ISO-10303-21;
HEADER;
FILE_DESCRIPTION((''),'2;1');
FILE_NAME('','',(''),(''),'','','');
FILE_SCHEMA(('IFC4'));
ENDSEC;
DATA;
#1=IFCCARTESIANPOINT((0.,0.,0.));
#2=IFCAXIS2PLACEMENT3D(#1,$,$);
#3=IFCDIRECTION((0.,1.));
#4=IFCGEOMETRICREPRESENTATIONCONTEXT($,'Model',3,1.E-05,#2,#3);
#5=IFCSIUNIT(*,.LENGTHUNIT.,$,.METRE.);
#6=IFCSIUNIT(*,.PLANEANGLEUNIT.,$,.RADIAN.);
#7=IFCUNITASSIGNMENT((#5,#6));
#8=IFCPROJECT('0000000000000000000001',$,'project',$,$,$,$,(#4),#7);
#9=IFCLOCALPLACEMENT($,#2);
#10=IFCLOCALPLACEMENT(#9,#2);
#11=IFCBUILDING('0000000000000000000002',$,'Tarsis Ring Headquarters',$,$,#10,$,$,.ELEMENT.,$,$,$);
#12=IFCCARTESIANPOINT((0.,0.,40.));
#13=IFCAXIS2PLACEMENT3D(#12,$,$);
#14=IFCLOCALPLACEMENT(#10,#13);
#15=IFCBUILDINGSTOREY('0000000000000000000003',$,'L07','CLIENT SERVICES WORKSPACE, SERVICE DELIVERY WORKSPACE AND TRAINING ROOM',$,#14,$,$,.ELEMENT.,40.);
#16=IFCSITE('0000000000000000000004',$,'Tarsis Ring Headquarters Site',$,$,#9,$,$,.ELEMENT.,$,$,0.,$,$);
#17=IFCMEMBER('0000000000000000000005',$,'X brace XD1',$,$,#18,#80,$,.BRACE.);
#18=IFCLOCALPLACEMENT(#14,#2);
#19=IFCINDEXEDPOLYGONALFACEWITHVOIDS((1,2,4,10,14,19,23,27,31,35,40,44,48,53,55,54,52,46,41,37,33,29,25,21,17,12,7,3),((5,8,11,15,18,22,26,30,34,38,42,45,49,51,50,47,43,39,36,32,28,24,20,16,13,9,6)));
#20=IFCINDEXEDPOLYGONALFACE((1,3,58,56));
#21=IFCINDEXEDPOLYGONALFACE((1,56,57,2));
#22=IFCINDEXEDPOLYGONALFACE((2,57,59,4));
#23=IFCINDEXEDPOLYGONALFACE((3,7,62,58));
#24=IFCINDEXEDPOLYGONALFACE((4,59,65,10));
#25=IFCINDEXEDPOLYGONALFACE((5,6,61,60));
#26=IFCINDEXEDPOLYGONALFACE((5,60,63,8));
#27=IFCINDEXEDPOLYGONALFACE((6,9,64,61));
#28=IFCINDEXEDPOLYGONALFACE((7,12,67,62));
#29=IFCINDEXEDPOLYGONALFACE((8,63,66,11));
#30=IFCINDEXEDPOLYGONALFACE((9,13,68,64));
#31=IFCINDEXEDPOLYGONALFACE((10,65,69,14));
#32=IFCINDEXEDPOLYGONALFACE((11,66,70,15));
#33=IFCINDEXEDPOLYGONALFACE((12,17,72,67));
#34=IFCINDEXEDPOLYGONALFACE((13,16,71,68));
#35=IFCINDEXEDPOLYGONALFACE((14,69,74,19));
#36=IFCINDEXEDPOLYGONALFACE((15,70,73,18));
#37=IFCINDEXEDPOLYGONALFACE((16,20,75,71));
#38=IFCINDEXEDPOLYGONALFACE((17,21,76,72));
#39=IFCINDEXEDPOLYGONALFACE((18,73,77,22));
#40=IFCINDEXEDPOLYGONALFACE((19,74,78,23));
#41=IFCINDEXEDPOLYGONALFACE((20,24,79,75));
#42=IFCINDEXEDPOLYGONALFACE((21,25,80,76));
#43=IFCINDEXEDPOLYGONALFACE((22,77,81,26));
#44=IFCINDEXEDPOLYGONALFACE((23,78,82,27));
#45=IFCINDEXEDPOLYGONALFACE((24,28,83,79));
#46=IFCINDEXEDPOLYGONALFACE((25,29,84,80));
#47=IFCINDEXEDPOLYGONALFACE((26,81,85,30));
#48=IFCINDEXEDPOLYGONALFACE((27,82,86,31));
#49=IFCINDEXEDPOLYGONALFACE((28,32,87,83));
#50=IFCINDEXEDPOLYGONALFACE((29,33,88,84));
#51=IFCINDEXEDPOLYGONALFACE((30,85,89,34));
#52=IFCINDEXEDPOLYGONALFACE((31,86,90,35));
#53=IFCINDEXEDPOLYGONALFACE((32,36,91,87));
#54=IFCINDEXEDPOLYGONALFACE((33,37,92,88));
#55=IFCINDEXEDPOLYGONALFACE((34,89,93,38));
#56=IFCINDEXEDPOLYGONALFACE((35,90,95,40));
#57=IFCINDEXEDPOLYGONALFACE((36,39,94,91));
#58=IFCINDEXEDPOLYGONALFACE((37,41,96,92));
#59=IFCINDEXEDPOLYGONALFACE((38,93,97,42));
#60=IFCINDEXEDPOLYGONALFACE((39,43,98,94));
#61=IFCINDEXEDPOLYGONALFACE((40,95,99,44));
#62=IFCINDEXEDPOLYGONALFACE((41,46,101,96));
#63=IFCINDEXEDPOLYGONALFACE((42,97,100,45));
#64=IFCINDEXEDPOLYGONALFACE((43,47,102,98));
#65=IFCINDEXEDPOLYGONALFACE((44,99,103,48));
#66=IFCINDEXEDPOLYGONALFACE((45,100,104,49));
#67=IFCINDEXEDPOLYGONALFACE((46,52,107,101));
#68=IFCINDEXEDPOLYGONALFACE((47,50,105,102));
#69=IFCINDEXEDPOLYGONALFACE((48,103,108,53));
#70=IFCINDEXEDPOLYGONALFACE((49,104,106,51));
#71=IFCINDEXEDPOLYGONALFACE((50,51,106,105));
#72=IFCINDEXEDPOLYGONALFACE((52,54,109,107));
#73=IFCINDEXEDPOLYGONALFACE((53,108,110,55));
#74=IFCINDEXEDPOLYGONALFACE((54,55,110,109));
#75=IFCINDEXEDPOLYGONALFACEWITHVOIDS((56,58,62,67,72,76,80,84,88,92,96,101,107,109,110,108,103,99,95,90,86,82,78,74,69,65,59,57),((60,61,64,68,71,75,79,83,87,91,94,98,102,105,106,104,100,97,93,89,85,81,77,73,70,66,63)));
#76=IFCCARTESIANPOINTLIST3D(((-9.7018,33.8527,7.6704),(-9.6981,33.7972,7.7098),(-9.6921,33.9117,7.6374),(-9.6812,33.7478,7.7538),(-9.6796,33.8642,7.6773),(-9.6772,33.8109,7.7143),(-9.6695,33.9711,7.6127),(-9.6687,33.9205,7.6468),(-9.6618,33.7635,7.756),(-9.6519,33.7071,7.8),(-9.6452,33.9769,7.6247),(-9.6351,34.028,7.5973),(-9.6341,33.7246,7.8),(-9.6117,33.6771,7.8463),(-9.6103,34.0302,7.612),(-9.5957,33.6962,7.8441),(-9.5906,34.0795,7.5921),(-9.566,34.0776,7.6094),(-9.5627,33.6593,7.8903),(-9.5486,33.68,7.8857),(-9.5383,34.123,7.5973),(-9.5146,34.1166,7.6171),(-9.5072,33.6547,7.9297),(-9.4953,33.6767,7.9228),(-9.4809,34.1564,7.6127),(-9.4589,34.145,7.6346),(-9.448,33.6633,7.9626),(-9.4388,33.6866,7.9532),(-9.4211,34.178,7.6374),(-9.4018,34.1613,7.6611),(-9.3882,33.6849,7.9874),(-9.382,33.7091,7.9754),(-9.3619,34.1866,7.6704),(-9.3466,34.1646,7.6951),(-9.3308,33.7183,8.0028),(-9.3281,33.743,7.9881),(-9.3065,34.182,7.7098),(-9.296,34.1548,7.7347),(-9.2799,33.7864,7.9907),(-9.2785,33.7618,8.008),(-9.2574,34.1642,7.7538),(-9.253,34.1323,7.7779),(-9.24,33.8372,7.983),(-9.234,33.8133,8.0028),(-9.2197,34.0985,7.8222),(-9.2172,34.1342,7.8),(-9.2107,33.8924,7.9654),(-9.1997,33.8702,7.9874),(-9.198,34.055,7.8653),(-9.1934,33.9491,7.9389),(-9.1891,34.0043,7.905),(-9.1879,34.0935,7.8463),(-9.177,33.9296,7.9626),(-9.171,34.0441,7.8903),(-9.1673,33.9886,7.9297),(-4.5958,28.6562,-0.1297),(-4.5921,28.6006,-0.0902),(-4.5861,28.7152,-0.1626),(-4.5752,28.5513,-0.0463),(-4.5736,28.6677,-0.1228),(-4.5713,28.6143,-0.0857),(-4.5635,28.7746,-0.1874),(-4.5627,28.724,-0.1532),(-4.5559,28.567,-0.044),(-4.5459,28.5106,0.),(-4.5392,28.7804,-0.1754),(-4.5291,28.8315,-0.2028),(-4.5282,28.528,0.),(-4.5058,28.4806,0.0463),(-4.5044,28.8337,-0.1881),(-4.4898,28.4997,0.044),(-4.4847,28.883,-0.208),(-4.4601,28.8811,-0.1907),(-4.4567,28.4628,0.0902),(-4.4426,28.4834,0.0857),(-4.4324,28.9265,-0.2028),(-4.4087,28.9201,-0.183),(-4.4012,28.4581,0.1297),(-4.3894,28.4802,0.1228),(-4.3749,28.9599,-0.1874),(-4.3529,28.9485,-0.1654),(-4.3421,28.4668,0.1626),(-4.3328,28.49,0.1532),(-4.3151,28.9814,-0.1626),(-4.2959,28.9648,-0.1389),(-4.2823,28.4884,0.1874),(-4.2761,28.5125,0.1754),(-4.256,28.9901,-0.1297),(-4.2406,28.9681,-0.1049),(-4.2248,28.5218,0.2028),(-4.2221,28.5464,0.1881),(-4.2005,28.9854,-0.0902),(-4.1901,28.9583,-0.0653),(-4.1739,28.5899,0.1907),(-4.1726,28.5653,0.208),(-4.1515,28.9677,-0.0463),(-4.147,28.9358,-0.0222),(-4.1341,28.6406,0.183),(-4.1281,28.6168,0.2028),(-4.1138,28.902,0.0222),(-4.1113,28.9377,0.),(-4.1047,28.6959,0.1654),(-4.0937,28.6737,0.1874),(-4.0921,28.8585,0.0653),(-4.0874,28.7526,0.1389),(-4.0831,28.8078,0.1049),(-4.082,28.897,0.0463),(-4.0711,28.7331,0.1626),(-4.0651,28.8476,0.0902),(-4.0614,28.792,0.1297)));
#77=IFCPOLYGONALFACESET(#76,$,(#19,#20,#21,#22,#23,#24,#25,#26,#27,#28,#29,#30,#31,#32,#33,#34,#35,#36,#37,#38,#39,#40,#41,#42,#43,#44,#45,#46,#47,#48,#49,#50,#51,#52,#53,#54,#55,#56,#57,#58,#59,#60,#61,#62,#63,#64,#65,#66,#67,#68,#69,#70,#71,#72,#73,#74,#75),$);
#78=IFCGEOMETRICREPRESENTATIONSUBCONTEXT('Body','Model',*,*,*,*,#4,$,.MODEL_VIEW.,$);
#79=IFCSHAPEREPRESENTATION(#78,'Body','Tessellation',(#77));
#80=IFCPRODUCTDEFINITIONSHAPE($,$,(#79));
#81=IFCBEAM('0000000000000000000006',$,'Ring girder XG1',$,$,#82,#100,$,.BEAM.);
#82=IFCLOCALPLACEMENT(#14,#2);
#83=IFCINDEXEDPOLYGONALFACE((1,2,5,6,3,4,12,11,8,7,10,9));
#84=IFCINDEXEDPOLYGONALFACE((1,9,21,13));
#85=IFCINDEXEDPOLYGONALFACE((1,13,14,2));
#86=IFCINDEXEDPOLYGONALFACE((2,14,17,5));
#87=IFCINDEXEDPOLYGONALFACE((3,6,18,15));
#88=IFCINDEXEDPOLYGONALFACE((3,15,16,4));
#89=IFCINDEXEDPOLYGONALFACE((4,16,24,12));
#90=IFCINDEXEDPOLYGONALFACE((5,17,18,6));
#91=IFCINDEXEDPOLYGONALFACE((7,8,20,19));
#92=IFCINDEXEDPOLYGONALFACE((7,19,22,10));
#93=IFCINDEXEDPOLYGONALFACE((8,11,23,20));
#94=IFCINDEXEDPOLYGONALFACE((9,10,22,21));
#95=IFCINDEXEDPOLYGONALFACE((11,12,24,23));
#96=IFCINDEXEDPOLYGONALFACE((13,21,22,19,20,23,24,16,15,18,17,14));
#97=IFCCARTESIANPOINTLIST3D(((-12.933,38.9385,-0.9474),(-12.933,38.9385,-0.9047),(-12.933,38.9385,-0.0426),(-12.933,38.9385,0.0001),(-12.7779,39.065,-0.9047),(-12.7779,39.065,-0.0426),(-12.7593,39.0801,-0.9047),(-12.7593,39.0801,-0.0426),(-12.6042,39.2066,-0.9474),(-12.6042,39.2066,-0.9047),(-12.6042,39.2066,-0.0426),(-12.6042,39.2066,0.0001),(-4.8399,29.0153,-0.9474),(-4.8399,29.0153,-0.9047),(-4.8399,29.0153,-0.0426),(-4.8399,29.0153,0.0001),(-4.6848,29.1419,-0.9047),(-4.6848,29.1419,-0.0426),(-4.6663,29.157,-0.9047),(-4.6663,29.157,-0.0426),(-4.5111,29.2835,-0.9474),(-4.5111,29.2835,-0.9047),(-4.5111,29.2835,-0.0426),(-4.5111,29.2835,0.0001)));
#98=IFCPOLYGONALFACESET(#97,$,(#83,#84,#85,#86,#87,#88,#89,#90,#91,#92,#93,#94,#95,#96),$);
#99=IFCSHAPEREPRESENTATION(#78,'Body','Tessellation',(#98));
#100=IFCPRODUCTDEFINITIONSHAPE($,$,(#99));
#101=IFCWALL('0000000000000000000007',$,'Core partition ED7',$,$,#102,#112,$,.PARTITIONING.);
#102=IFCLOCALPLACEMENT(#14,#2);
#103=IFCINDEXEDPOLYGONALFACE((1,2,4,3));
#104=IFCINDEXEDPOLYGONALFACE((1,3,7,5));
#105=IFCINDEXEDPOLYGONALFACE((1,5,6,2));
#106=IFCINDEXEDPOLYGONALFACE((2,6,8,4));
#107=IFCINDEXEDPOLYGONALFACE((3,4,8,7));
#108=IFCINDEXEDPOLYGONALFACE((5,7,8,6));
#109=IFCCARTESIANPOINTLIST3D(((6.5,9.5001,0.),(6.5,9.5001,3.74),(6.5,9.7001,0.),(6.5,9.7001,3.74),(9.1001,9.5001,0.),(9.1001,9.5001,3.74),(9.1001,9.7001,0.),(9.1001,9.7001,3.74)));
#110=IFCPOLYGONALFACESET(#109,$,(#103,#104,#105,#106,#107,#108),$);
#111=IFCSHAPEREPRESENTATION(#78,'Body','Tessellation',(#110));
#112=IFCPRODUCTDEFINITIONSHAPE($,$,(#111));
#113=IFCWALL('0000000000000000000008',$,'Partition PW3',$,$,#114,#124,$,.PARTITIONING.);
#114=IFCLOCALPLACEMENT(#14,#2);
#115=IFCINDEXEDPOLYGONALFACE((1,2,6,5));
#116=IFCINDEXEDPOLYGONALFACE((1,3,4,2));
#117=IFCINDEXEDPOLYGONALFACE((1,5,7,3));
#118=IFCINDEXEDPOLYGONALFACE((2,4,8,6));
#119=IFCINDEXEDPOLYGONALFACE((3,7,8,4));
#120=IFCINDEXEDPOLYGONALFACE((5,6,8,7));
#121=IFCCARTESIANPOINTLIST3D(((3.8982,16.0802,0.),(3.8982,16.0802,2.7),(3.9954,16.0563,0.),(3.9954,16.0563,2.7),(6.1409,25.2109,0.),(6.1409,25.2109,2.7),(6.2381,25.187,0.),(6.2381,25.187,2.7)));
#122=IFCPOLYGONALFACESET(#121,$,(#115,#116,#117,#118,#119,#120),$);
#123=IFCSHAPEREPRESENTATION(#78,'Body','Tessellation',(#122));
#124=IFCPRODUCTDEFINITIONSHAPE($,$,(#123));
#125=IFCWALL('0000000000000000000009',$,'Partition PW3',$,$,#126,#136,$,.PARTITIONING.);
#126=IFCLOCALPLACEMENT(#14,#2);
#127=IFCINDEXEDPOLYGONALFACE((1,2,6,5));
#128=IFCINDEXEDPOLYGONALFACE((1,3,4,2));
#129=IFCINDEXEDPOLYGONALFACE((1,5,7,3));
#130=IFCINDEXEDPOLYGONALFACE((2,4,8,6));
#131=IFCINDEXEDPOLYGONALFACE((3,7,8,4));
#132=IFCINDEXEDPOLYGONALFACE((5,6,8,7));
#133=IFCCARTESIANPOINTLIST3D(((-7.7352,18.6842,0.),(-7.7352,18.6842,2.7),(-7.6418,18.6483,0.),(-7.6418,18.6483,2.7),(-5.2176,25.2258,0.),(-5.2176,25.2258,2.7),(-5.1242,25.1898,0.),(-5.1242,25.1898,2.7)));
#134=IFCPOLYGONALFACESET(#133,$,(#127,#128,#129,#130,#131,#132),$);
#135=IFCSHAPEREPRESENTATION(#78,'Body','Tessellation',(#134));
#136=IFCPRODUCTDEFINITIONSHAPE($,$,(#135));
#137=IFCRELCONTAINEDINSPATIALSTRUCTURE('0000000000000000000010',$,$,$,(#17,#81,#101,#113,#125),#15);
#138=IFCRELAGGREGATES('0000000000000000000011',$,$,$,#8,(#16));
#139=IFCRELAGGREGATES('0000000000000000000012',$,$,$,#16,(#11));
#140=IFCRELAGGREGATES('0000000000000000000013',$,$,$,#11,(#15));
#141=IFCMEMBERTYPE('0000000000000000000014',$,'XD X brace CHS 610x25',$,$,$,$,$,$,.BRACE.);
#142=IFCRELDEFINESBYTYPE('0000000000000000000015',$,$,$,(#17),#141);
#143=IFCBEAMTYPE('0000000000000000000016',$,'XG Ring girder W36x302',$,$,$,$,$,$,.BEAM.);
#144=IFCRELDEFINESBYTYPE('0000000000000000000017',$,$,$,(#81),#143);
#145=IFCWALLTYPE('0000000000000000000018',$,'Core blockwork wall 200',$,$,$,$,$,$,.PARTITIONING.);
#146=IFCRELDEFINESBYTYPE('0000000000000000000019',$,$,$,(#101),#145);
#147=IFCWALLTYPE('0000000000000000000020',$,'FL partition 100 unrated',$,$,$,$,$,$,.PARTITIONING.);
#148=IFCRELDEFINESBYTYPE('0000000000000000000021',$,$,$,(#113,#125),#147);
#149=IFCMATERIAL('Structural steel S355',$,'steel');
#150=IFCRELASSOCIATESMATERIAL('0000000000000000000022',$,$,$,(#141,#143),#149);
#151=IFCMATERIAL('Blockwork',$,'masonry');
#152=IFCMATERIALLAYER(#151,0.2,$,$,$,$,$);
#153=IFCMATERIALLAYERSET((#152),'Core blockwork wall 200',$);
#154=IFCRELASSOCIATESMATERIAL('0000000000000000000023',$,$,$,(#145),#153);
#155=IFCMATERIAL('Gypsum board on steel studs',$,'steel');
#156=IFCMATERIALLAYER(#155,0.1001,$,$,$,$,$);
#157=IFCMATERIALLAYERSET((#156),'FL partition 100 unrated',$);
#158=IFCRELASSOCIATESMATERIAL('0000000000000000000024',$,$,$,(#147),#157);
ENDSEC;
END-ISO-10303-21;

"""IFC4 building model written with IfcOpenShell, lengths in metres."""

from ifc_helpers import new_model, si_unit, direction, frame, frame_2d, origin, origin_2d, place, context, subcontext, project, spatial, rectangle, hollow_circle, i_section, extrude, material, layer, layer_set, material_profile, profile_set, type_object, element, save


model = new_model("IFC4")

# Units and contexts
model_context = context("Model", 3, precision=1e-05, world=origin(), true_north=direction((0.0, 1.0)))
body_context = subcontext(model_context, "Body", "Model", "MODEL_VIEW")
ifc_project = project(units=[si_unit("LENGTHUNIT", "METRE"), si_unit("PLANEANGLEUNIT", "RADIAN")], contexts=[model_context])

# Site, building, storey
site_placement = place(None, origin())
site = spatial("IfcSite", under=ifc_project, at=site_placement, Name="Tarsis Ring Headquarters Site", CompositionType="ELEMENT", RefElevation=0.0)
building_placement = place(site_placement, origin())
building = spatial("IfcBuilding", under=site, at=building_placement, Name="Tarsis Ring Headquarters", CompositionType="ELEMENT")
storey_placement = place(building_placement, frame((0.0, 0.0, 40.0)))
storey = spatial("IfcBuildingStorey", under=building, at=storey_placement, Name="L07", Description="CLIENT SERVICES WORKSPACE, SERVICE DELIVERY WORKSPACE AND TRAINING ROOM", CompositionType="ELEMENT", Elevation=40.0)

# Shared definitions
ifc_material_1 = material(Name="Structural steel S355", Category="steel")
ifc_material_profile_1 = material_profile(ifc_material_1, i_section(OverallWidth=0.4243, OverallDepth=0.9475, WebThickness=0.0239, FlangeThickness=0.0427, at=origin_2d()), Name="W36x302")
ifc_profile_set_1 = profile_set([ifc_material_profile_1], Name="Structural steel S355")

# Member
ifc_material_profile_2 = material_profile(ifc_material_1, hollow_circle(Radius=0.3047, WallThickness=0.0249, at=origin_2d()), Name="CHS 610x25")
ifc_profile_set_2 = profile_set([ifc_material_profile_2], Name="Structural steel S355")
member_type = type_object("IfcMemberType", Name="XD X brace CHS 610x25", PredefinedType="BRACE", material=ifc_profile_set_2)
member_placement = place(storey_placement, frame((-4.3286, 28.7241, 0.0), z_axis=(-0.478394, 0.48688, 0.730812), x_axis=(-0.713296, -0.700863, 0.0)))
element("IfcMember", 1, at=member_placement, inside=storey, type_object=member_type, Name="X brace XD1", PredefinedType="BRACE", context=body_context, shape_type="SweptSolid", body=[
    extrude(hollow_circle(Radius=0.3047, WallThickness=0.0249, at=origin_2d()), origin(), (0.0, 0.0, 1.0), 10.6731),
])

# Beam
beam_type_1 = type_object("IfcBeamType", Name="XG Ring girder W36x302", PredefinedType="BEAM", material=ifc_profile_set_1)
beam_1_placement = place(storey_placement, frame((-4.6755, 29.1494, -0.4736), z_axis=(-0.632026, 0.774947, 0.0), x_axis=(-0.774947, -0.632026, 0.0)))
element("IfcBeam", 2, at=beam_1_placement, inside=storey, type_object=beam_type_1, Name="Ring girder XG1", PredefinedType="BEAM", context=body_context, shape_type="SweptSolid", body=[
    extrude(i_section(OverallWidth=0.4243, OverallDepth=0.9475, WebThickness=0.0239, FlangeThickness=0.0427, at=origin_2d()), origin(), (0.0, 0.0, 1.0), 12.8049),
])

# Walls
ifc_material_2 = material(Name="Blockwork", Category="masonry")
ifc_layer_1 = layer(ifc_material_2, 0.2)
ifc_layer_set_1 = layer_set([ifc_layer_1], Name="Core blockwork wall 200")
wall_type_1 = type_object("IfcWallType", Name="Core blockwork wall 200", PredefinedType="PARTITIONING", material=ifc_layer_set_1)
wall_1_placement = place(storey_placement, frame((6.5, 9.6001, 0.0), z_axis=(0.0, 0.0, 1.0), x_axis=(1.0, 0.0, 0.0)))
element("IfcWall", 3, at=wall_1_placement, inside=storey, type_object=wall_type_1, Name="Core partition ED7", PredefinedType="PARTITIONING", context=body_context, shape_type="SweptSolid", body=[
    extrude(rectangle(XDim=2.6001, YDim=0.2, at=frame_2d((1.3, 0.0))), origin(), (0.0, 0.0, 1.0), 3.74),
])
ifc_material_3 = material(Name="Gypsum board on steel studs", Category="steel")
ifc_layer_2 = layer(ifc_material_3, 0.1001)
ifc_layer_set_2 = layer_set([ifc_layer_2], Name="FL partition 100 unrated")
wall_type_2 = type_object("IfcWallType", Name="FL partition 100 unrated", PredefinedType="PARTITIONING", material=ifc_layer_set_2)
wall_2_placement = place(storey_placement, frame((3.9468, 16.0681, 0.0), z_axis=(0.0, 0.0, 1.0), x_axis=(0.238532, 0.971135, 0.0)))
element("IfcWall", 4, at=wall_2_placement, inside=storey, type_object=wall_type_2, Name="Partition PW3", PredefinedType="PARTITIONING", context=body_context, shape_type="SweptSolid", body=[
    extrude(rectangle(XDim=9.4021, YDim=0.1001, at=frame_2d((4.7012, 0.0))), origin(), (0.0, 0.0, 1.0), 2.7),
])
wall_3_placement = place(storey_placement, frame((-7.6885, 18.6663, 0.0), z_axis=(0.0, 0.0, 1.0), x_axis=(0.35918, 0.933268, 0.0)))
element("IfcWall", 5, at=wall_3_placement, inside=storey, type_object=wall_type_2, Name="Partition PW3", PredefinedType="PARTITIONING", context=body_context, shape_type="SweptSolid", body=[
    extrude(rectangle(XDim=7.0093, YDim=0.1001, at=frame_2d((3.5046, 0.0))), origin(), (0.0, 0.0, 1.0), 2.7),
])

save(model, "model.ifc")
